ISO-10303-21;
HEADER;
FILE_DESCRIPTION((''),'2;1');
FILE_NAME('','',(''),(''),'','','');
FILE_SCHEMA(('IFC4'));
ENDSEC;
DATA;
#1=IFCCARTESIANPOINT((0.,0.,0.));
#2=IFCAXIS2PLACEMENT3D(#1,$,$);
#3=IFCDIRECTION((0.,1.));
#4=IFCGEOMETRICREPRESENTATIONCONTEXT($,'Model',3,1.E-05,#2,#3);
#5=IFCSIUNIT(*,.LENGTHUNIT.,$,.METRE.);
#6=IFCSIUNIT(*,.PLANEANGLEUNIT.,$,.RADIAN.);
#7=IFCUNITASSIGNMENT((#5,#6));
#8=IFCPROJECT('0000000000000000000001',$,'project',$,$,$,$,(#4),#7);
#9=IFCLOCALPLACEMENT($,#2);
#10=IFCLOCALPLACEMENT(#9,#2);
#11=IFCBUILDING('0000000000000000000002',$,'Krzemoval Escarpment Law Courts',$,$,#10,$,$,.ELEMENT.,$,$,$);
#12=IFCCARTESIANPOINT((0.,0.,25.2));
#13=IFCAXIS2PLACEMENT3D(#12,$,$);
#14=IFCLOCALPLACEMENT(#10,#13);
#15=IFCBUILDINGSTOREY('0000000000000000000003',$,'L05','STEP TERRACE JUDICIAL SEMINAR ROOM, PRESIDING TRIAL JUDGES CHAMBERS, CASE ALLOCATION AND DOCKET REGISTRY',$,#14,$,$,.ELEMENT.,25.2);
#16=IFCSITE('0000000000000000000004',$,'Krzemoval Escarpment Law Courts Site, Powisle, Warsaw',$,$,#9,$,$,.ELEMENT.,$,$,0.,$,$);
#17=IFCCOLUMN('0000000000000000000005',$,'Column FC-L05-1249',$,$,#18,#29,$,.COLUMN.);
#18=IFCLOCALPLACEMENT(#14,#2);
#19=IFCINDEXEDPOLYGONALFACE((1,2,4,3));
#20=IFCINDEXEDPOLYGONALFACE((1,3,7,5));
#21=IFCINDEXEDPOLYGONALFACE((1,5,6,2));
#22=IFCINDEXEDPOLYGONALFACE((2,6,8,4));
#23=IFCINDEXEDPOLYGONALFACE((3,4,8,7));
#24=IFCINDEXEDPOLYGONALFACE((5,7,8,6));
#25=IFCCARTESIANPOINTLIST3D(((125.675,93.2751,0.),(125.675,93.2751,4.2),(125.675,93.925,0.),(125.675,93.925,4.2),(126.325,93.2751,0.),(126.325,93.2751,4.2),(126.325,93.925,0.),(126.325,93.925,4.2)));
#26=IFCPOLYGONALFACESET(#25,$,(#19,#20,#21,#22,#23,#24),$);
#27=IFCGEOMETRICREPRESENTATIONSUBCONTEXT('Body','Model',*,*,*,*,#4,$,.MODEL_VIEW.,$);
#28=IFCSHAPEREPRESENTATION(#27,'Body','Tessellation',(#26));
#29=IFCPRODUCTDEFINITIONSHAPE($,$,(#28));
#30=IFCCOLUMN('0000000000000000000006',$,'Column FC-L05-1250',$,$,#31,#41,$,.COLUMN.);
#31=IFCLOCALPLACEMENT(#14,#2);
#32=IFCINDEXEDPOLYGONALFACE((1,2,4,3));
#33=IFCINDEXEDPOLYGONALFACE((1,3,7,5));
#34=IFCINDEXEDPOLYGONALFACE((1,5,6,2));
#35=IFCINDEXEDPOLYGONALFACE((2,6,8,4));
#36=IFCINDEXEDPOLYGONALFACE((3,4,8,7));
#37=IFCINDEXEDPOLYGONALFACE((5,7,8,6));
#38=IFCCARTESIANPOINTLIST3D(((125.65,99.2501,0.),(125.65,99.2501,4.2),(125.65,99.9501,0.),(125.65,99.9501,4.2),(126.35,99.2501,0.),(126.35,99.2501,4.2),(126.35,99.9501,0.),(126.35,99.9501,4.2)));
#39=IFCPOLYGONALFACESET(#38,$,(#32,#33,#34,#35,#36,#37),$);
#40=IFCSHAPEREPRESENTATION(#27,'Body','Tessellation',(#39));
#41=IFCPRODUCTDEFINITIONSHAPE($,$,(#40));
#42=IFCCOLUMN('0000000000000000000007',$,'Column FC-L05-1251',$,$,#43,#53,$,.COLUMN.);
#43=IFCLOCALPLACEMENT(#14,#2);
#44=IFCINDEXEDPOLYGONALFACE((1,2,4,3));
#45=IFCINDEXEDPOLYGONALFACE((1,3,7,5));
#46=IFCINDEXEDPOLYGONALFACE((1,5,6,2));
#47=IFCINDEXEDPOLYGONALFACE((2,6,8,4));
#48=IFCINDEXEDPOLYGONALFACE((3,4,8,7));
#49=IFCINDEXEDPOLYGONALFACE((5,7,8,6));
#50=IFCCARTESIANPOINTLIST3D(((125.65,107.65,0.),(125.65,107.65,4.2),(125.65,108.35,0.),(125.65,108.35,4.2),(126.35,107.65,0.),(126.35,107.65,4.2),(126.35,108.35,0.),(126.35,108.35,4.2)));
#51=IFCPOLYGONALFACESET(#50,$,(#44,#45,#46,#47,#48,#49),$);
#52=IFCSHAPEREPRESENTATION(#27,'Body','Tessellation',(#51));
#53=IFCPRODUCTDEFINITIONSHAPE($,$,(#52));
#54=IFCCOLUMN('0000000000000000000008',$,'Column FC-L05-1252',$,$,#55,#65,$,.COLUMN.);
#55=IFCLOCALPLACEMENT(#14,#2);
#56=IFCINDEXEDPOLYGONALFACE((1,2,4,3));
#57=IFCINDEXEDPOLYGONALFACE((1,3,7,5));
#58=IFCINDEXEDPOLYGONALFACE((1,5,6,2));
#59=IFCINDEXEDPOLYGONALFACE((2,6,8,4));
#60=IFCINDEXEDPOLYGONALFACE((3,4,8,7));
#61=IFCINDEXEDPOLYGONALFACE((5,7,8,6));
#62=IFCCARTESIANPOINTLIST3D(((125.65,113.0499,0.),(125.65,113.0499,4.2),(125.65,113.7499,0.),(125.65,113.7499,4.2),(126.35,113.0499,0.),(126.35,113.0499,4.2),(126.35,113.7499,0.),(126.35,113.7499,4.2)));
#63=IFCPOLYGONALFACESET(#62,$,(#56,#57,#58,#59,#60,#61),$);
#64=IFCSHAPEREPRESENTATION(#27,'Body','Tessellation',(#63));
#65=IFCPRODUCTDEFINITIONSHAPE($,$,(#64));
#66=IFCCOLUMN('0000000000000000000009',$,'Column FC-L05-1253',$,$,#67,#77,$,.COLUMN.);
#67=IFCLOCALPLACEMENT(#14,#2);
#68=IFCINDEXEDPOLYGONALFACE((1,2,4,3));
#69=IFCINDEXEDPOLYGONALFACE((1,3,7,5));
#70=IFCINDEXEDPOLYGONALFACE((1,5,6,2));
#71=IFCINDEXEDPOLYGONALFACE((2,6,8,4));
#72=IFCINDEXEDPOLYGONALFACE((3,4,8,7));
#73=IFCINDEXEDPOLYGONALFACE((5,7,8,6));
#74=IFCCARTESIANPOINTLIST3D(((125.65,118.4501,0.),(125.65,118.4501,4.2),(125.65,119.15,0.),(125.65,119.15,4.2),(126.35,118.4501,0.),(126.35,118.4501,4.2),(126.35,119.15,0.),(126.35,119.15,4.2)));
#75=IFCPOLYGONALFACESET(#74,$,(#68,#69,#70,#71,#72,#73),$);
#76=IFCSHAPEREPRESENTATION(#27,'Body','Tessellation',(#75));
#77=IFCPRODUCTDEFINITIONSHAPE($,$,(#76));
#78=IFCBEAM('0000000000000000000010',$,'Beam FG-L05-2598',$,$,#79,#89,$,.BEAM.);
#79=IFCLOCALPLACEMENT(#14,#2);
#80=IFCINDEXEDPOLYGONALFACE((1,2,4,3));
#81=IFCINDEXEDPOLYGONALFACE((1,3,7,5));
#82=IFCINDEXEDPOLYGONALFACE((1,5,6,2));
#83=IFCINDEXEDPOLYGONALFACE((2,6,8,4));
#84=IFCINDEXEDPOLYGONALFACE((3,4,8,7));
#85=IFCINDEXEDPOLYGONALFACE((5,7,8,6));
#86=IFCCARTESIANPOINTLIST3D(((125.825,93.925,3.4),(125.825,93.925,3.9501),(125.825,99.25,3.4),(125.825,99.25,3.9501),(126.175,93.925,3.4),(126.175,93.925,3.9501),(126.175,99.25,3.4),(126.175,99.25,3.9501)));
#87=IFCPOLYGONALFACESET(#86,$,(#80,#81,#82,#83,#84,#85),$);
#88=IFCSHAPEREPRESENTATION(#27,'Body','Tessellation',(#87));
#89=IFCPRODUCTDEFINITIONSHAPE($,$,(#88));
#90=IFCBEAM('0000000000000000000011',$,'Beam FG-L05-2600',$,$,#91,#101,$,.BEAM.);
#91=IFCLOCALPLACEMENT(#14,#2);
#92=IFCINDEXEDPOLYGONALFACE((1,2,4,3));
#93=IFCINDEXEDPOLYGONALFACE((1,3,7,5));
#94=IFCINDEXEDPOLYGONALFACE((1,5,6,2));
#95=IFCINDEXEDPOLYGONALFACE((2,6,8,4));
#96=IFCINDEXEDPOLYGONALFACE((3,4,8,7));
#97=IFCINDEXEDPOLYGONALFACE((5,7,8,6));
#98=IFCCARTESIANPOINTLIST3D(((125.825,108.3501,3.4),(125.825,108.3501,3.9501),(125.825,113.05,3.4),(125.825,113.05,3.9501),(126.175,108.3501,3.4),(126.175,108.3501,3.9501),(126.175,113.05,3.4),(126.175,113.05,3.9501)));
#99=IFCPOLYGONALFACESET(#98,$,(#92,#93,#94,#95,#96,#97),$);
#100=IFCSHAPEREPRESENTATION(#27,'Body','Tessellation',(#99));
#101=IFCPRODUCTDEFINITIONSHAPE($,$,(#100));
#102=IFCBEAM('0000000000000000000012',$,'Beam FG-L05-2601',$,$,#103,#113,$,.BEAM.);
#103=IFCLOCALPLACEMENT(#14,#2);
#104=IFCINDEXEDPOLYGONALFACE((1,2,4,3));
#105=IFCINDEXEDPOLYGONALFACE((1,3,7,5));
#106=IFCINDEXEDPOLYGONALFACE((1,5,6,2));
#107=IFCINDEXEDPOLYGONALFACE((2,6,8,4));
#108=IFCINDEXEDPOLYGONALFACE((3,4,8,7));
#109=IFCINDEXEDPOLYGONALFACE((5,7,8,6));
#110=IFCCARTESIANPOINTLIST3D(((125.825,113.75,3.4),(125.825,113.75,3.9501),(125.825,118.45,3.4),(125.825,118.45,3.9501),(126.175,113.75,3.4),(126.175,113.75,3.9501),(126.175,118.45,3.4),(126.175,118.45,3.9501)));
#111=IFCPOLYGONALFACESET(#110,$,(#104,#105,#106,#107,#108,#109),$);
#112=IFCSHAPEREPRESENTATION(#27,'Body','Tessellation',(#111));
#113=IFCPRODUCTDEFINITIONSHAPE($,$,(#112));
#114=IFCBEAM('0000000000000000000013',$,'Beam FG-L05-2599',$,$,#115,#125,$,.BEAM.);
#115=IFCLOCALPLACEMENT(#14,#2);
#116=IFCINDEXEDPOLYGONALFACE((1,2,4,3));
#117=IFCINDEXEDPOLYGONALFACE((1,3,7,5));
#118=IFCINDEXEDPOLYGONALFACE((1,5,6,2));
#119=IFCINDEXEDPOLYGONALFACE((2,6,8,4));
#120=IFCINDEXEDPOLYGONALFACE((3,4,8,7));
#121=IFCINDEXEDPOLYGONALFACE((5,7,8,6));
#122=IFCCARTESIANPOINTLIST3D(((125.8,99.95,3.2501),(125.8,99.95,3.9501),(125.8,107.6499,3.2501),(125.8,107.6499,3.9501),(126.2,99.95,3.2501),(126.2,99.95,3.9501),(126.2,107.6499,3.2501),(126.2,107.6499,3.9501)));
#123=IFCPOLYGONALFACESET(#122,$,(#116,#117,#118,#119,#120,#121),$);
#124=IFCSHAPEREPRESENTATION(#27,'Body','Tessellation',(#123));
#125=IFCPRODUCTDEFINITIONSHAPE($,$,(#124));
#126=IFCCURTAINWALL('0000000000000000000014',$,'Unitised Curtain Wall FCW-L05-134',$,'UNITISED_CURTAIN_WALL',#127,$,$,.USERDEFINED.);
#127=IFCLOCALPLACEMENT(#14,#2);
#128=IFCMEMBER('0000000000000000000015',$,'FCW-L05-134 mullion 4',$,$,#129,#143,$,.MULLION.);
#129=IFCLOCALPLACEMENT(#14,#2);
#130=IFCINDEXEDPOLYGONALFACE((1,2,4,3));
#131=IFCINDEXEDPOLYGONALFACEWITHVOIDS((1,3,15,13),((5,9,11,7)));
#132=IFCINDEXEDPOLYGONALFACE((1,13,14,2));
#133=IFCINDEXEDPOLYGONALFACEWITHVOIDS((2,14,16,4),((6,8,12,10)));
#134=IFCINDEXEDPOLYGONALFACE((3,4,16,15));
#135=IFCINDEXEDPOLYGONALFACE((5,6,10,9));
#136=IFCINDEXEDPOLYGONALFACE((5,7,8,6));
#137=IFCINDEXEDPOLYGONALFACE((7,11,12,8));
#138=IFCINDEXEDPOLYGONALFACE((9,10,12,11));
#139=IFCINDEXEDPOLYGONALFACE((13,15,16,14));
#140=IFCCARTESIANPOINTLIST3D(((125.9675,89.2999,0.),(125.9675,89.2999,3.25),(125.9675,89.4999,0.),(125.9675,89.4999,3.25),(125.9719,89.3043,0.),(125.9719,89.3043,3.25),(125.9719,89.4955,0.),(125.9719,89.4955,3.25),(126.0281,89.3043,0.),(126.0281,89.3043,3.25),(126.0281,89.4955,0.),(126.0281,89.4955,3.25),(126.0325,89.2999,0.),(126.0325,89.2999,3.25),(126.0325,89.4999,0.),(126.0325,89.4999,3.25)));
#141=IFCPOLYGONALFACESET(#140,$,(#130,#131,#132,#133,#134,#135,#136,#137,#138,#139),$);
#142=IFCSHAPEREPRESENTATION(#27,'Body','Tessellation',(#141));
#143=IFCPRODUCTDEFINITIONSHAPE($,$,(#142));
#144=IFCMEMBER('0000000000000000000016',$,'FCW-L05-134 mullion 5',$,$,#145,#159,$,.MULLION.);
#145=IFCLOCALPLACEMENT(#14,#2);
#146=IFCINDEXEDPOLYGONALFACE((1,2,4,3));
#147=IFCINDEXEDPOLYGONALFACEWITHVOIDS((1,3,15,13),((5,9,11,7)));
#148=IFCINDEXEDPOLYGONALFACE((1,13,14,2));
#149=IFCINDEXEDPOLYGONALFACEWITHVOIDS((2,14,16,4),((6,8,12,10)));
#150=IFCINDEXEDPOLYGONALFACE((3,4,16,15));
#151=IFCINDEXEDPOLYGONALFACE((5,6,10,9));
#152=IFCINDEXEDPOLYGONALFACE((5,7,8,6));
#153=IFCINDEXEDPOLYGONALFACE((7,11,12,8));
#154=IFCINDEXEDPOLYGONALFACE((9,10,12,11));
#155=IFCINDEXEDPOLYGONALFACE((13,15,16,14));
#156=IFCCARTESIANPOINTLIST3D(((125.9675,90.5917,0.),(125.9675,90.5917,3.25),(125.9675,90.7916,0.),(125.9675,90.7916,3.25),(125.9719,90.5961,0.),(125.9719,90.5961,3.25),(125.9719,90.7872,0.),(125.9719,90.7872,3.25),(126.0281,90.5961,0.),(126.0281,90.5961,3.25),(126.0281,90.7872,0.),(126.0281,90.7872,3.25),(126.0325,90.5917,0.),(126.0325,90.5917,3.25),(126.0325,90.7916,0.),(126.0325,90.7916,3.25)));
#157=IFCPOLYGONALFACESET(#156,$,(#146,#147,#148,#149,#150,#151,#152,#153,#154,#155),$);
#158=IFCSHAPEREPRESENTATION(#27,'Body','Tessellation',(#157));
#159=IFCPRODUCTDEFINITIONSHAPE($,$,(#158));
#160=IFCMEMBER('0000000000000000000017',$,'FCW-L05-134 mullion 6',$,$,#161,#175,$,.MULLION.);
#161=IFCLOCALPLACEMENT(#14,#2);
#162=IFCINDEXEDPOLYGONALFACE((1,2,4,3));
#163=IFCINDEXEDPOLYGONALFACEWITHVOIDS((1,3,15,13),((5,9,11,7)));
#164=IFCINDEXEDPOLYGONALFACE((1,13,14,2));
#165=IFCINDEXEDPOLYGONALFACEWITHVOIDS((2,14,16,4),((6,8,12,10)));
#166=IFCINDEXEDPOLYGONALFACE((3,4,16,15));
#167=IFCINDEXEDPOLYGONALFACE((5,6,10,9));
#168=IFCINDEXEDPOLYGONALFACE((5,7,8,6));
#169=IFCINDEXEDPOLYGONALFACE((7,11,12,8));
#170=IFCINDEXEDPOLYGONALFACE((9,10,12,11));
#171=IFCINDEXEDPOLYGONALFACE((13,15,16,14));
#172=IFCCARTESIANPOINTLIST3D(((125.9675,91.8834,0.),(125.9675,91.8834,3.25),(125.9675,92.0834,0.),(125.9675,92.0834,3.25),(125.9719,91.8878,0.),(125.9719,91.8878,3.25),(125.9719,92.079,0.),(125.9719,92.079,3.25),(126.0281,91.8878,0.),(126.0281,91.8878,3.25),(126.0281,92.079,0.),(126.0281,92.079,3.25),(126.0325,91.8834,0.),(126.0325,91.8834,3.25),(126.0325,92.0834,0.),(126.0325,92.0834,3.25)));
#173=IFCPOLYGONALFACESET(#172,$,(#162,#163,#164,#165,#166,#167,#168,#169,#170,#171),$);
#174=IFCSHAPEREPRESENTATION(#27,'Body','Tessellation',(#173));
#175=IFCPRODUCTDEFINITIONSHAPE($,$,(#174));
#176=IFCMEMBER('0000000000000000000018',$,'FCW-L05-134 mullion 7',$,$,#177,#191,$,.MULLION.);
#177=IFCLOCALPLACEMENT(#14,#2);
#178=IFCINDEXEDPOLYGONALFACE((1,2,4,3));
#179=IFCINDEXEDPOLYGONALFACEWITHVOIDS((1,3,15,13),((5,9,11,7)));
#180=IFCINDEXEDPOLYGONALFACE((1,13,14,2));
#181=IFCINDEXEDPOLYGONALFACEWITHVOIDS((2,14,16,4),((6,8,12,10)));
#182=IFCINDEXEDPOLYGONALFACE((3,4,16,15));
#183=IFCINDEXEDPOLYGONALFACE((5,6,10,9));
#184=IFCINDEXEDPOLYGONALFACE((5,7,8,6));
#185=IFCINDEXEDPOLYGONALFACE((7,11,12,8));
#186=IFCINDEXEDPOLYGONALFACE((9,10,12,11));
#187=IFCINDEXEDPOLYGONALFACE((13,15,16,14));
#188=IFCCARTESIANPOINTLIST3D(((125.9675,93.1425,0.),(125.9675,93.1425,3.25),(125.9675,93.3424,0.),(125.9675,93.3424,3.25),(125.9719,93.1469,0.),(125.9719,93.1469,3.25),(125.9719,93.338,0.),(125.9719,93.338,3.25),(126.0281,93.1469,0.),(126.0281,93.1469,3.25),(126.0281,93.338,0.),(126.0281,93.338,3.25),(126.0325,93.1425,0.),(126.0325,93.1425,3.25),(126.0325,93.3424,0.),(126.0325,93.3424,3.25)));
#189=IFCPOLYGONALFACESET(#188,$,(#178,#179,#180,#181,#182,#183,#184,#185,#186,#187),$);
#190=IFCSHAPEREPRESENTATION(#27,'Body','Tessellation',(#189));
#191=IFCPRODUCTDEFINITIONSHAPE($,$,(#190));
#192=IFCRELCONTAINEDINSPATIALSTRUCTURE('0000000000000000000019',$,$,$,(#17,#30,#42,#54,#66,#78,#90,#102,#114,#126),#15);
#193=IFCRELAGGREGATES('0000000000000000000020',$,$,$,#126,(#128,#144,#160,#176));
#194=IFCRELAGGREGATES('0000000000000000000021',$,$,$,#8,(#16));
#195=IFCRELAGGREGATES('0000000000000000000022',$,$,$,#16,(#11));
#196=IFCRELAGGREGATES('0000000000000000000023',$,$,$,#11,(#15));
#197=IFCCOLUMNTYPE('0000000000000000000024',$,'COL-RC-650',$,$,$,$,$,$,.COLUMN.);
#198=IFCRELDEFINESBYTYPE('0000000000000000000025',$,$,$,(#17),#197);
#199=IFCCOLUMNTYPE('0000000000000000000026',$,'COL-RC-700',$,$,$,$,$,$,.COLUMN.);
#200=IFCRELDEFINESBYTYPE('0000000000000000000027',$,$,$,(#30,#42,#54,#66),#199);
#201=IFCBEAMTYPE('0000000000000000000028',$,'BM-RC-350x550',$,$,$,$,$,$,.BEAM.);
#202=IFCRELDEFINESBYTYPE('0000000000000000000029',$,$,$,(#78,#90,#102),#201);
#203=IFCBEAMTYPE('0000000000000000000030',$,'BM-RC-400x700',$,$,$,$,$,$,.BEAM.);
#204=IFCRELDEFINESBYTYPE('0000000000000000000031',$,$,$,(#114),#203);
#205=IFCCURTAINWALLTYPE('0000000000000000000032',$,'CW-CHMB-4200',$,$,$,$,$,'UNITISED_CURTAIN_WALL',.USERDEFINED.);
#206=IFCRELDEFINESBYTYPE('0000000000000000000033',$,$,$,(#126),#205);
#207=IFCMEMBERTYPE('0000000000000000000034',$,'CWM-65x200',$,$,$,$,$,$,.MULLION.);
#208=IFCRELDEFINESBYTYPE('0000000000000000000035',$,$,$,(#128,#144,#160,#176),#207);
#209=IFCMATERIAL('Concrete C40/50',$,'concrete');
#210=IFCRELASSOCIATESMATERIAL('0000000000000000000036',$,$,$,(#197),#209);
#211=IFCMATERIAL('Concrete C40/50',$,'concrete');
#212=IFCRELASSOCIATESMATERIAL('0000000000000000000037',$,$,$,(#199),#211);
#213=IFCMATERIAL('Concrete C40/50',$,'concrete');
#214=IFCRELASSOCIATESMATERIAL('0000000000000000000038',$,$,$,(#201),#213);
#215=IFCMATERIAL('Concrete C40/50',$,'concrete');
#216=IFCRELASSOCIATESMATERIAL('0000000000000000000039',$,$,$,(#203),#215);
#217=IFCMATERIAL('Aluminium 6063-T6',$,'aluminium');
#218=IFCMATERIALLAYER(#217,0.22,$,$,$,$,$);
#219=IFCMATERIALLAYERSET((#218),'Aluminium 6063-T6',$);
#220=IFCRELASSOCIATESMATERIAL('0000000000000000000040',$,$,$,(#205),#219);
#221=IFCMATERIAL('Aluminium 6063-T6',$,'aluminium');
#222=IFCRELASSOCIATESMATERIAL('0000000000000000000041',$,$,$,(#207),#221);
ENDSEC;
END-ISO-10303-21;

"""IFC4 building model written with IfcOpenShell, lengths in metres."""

from ifc_helpers import new_model, si_unit, direction, frame, origin, origin_2d, place, context, subcontext, project, spatial, rectangle, hollow_rectangle, extrude, material, layer, layer_set, material_profile, profile_set, type_object, element, aggregate, save


model = new_model("IFC4")

# Units and contexts
model_context = context("Model", 3, precision=1e-05, world=origin(), true_north=direction((0.0, 1.0)))
body_context = subcontext(model_context, "Body", "Model", "MODEL_VIEW")
ifc_project = project(units=[si_unit("LENGTHUNIT", "METRE"), si_unit("PLANEANGLEUNIT", "RADIAN")], contexts=[model_context])

# Site, building, storey
site_placement = place(None, origin())
site = spatial("IfcSite", under=ifc_project, at=site_placement, Name="Krzemoval Escarpment Law Courts Site, Powisle, Warsaw", CompositionType="ELEMENT", RefElevation=0.0)
building_placement = place(site_placement, origin())
building = spatial("IfcBuilding", under=site, at=building_placement, Name="Krzemoval Escarpment Law Courts", CompositionType="ELEMENT")
storey_placement = place(building_placement, frame((0.0, 0.0, 25.2)))
storey = spatial("IfcBuildingStorey", under=building, at=storey_placement, Name="L05", Description="STEP TERRACE JUDICIAL SEMINAR ROOM, PRESIDING TRIAL JUDGES CHAMBERS, CASE ALLOCATION AND DOCKET REGISTRY", CompositionType="ELEMENT", Elevation=25.2)

# Columns
ifc_material_1 = material(Name="Concrete C40/50", Category="concrete")
ifc_material_profile_1 = material_profile(ifc_material_1, rectangle(XDim=0.6499, YDim=0.6499, at=origin_2d()), Name="RC 650x650")
ifc_profile_set_1 = profile_set([ifc_material_profile_1], Name="Concrete C40/50")
column_type_1 = type_object("IfcColumnType", Name="COL-RC-650", PredefinedType="COLUMN", material=ifc_profile_set_1)
column_placement = place(storey_placement, frame((126.0, 93.6001, 0.0), z_axis=(0.0, 0.0, 1.0), x_axis=(1.0, 0.0, 0.0)))
element("IfcColumn", 1, at=column_placement, inside=storey, type_object=column_type_1, Name="Column FC-L05-1249", PredefinedType="COLUMN", context=body_context, shape_type="SweptSolid", body=[
    extrude(rectangle(XDim=0.6499, YDim=0.6499, at=origin_2d()), origin(), (0.0, 0.0, 1.0), 4.2),
])
ifc_material_2 = material(Name="Concrete C40/50", Category="concrete")
ifc_material_profile_2 = material_profile(ifc_material_2, rectangle(XDim=0.7, YDim=0.7, at=origin_2d()), Name="RC 700x700")
ifc_profile_set_2 = profile_set([ifc_material_profile_2], Name="Concrete C40/50")
column_type_2 = type_object("IfcColumnType", Name="COL-RC-700", PredefinedType="COLUMN", material=ifc_profile_set_2)
for number, where, z_axis, x_axis, name in (
    (2, (126.0, 99.6001, 0.0), (0.0, 0.0, 1.0), (1.0, 0.0, 0.0), "Column FC-L05-1250"),
    (3, (126.0, 108.0, 0.0), (0.0, 0.0, 1.0), (1.0, 0.0, 0.0), "Column FC-L05-1251"),
    (4, (126.0, 113.3999, 0.0), (0.0, 0.0, 1.0), (1.0, 0.0, 0.0), "Column FC-L05-1252"),
    (5, (126.0, 118.8, 0.0), (0.0, 0.0, 1.0), (1.0, 0.0, 0.0), "Column FC-L05-1253"),
):
    element("IfcColumn", number, at=place(storey_placement, frame(where, z_axis=z_axis, x_axis=x_axis)), inside=storey, type_object=column_type_2, Name=name, PredefinedType="COLUMN", context=body_context, shape_type="SweptSolid", body=[
        extrude(rectangle(XDim=0.7, YDim=0.7, at=origin_2d()), origin(), (0.0, 0.0, 1.0), 4.2),
    ])

# Beams
ifc_material_3 = material(Name="Concrete C40/50", Category="concrete")
ifc_material_profile_3 = material_profile(ifc_material_3, rectangle(XDim=0.3501, YDim=0.55, at=origin_2d()), Name="RCB 350x550")
ifc_profile_set_3 = profile_set([ifc_material_profile_3], Name="Concrete C40/50")
beam_type_1 = type_object("IfcBeamType", Name="BM-RC-350x550", PredefinedType="BEAM", material=ifc_profile_set_3)
beam_1_placement = place(storey_placement, frame((126.0, 93.925, 3.675), z_axis=(0.0, 1.0, 0.0), x_axis=(-1.0, 0.0, 0.0)))
element("IfcBeam", 6, at=beam_1_placement, inside=storey, type_object=beam_type_1, Name="Beam FG-L05-2598", PredefinedType="BEAM", context=body_context, shape_type="SweptSolid", body=[
    extrude(rectangle(XDim=0.3501, YDim=0.55, at=origin_2d()), origin(), (0.0, 0.0, 1.0), 5.325),
])
for number, where, z_axis, x_axis, name in (
    (7, (126.0, 108.3501, 3.675), (0.0, 1.0, 0.0), (-1.0, 0.0, 0.0), "Beam FG-L05-2600"),
    (8, (126.0, 113.75, 3.675), (0.0, 1.0, 0.0), (-1.0, 0.0, 0.0), "Beam FG-L05-2601"),
):
    element("IfcBeam", number, at=place(storey_placement, frame(where, z_axis=z_axis, x_axis=x_axis)), inside=storey, type_object=beam_type_1, Name=name, PredefinedType="BEAM", context=body_context, shape_type="SweptSolid", body=[
        extrude(rectangle(XDim=0.3501, YDim=0.55, at=origin_2d()), origin(), (0.0, 0.0, 1.0), 4.7),
    ])
ifc_material_4 = material(Name="Concrete C40/50", Category="concrete")
ifc_material_profile_4 = material_profile(ifc_material_4, rectangle(XDim=0.3999, YDim=0.7, at=origin_2d()), Name="RCB 400x700")
ifc_profile_set_4 = profile_set([ifc_material_profile_4], Name="Concrete C40/50")
beam_type_2 = type_object("IfcBeamType", Name="BM-RC-400x700", PredefinedType="BEAM", material=ifc_profile_set_4)
beam_2_placement = place(storey_placement, frame((126.0, 99.95, 3.6001), z_axis=(0.0, 1.0, 0.0), x_axis=(-1.0, 0.0, 0.0)))
element("IfcBeam", 9, at=beam_2_placement, inside=storey, type_object=beam_type_2, Name="Beam FG-L05-2599", PredefinedType="BEAM", context=body_context, shape_type="SweptSolid", body=[
    extrude(rectangle(XDim=0.3999, YDim=0.7, at=origin_2d()), origin(), (0.0, 0.0, 1.0), 7.7),
])

# Curtain wall, members
ifc_material_5 = material(Name="Aluminium 6063-T6", Category="aluminium")
ifc_layer_1 = layer(ifc_material_5, 0.22)
ifc_layer_set_1 = layer_set([ifc_layer_1], Name="Aluminium 6063-T6")
curtain_wall_type = type_object("IfcCurtainWallType", Name="CW-CHMB-4200", ElementType="UNITISED_CURTAIN_WALL", PredefinedType="USERDEFINED", material=ifc_layer_set_1)
curtain_wall_placement = place(storey_placement, origin())
curtain_wall = element("IfcCurtainWall", 10, at=curtain_wall_placement, inside=storey, type_object=curtain_wall_type, Name="Unitised Curtain Wall FCW-L05-134", ObjectType="UNITISED_CURTAIN_WALL", PredefinedType="USERDEFINED")
ifc_material_6 = material(Name="Aluminium 6063-T6", Category="aluminium")
ifc_material_profile_5 = material_profile(ifc_material_6, hollow_rectangle(XDim=0.0649, YDim=0.2, WallThickness=0.0044, at=origin_2d()), Name="ALU M65x200")
ifc_profile_set_5 = profile_set([ifc_material_profile_5], Name="Aluminium 6063-T6")
member_type_1 = type_object("IfcMemberType", Name="CWM-65x200", PredefinedType="MULLION", material=ifc_profile_set_5)
member_1_placement = place(storey_placement, frame((126.0, 89.3999, 0.0), z_axis=(0.0, 0.0, 1.0), x_axis=(-1.0, 0.0, 0.0)))
member_1 = element("IfcMember", 11, at=member_1_placement, type_object=member_type_1, Name="FCW-L05-134 mullion 4", PredefinedType="MULLION", context=body_context, shape_type="SweptSolid", body=[
    extrude(hollow_rectangle(XDim=0.0649, YDim=0.2, WallThickness=0.0044, at=origin_2d()), origin(), (0.0, 0.0, 1.0), 3.25),
])
member_2_placement = place(storey_placement, frame((126.0, 90.6917, 0.0), z_axis=(0.0, 0.0, 1.0), x_axis=(-1.0, 0.0, 0.0)))
member_2 = element("IfcMember", 12, at=member_2_placement, type_object=member_type_1, Name="FCW-L05-134 mullion 5", PredefinedType="MULLION", context=body_context, shape_type="SweptSolid", body=[
    extrude(hollow_rectangle(XDim=0.0649, YDim=0.2, WallThickness=0.0044, at=origin_2d()), origin(), (0.0, 0.0, 1.0), 3.25),
])
member_3_placement = place(storey_placement, frame((126.0, 91.9834, 0.0), z_axis=(0.0, 0.0, 1.0), x_axis=(-1.0, 0.0, 0.0)))
member_3 = element("IfcMember", 13, at=member_3_placement, type_object=member_type_1, Name="FCW-L05-134 mullion 6", PredefinedType="MULLION", context=body_context, shape_type="SweptSolid", body=[
    extrude(hollow_rectangle(XDim=0.0649, YDim=0.2, WallThickness=0.0044, at=origin_2d()), origin(), (0.0, 0.0, 1.0), 3.25),
])
member_4_placement = place(storey_placement, frame((126.0, 93.2424, 0.0), z_axis=(0.0, 0.0, 1.0), x_axis=(-1.0, 0.0, 0.0)))
member_4 = element("IfcMember", 14, at=member_4_placement, type_object=member_type_1, Name="FCW-L05-134 mullion 7", PredefinedType="MULLION", context=body_context, shape_type="SweptSolid", body=[
    extrude(hollow_rectangle(XDim=0.0649, YDim=0.2, WallThickness=0.0044, at=origin_2d()), origin(), (0.0, 0.0, 1.0), 3.25),
])

aggregate(curtain_wall, [member_1, member_2, member_3, member_4])

save(model, "model.ifc")
